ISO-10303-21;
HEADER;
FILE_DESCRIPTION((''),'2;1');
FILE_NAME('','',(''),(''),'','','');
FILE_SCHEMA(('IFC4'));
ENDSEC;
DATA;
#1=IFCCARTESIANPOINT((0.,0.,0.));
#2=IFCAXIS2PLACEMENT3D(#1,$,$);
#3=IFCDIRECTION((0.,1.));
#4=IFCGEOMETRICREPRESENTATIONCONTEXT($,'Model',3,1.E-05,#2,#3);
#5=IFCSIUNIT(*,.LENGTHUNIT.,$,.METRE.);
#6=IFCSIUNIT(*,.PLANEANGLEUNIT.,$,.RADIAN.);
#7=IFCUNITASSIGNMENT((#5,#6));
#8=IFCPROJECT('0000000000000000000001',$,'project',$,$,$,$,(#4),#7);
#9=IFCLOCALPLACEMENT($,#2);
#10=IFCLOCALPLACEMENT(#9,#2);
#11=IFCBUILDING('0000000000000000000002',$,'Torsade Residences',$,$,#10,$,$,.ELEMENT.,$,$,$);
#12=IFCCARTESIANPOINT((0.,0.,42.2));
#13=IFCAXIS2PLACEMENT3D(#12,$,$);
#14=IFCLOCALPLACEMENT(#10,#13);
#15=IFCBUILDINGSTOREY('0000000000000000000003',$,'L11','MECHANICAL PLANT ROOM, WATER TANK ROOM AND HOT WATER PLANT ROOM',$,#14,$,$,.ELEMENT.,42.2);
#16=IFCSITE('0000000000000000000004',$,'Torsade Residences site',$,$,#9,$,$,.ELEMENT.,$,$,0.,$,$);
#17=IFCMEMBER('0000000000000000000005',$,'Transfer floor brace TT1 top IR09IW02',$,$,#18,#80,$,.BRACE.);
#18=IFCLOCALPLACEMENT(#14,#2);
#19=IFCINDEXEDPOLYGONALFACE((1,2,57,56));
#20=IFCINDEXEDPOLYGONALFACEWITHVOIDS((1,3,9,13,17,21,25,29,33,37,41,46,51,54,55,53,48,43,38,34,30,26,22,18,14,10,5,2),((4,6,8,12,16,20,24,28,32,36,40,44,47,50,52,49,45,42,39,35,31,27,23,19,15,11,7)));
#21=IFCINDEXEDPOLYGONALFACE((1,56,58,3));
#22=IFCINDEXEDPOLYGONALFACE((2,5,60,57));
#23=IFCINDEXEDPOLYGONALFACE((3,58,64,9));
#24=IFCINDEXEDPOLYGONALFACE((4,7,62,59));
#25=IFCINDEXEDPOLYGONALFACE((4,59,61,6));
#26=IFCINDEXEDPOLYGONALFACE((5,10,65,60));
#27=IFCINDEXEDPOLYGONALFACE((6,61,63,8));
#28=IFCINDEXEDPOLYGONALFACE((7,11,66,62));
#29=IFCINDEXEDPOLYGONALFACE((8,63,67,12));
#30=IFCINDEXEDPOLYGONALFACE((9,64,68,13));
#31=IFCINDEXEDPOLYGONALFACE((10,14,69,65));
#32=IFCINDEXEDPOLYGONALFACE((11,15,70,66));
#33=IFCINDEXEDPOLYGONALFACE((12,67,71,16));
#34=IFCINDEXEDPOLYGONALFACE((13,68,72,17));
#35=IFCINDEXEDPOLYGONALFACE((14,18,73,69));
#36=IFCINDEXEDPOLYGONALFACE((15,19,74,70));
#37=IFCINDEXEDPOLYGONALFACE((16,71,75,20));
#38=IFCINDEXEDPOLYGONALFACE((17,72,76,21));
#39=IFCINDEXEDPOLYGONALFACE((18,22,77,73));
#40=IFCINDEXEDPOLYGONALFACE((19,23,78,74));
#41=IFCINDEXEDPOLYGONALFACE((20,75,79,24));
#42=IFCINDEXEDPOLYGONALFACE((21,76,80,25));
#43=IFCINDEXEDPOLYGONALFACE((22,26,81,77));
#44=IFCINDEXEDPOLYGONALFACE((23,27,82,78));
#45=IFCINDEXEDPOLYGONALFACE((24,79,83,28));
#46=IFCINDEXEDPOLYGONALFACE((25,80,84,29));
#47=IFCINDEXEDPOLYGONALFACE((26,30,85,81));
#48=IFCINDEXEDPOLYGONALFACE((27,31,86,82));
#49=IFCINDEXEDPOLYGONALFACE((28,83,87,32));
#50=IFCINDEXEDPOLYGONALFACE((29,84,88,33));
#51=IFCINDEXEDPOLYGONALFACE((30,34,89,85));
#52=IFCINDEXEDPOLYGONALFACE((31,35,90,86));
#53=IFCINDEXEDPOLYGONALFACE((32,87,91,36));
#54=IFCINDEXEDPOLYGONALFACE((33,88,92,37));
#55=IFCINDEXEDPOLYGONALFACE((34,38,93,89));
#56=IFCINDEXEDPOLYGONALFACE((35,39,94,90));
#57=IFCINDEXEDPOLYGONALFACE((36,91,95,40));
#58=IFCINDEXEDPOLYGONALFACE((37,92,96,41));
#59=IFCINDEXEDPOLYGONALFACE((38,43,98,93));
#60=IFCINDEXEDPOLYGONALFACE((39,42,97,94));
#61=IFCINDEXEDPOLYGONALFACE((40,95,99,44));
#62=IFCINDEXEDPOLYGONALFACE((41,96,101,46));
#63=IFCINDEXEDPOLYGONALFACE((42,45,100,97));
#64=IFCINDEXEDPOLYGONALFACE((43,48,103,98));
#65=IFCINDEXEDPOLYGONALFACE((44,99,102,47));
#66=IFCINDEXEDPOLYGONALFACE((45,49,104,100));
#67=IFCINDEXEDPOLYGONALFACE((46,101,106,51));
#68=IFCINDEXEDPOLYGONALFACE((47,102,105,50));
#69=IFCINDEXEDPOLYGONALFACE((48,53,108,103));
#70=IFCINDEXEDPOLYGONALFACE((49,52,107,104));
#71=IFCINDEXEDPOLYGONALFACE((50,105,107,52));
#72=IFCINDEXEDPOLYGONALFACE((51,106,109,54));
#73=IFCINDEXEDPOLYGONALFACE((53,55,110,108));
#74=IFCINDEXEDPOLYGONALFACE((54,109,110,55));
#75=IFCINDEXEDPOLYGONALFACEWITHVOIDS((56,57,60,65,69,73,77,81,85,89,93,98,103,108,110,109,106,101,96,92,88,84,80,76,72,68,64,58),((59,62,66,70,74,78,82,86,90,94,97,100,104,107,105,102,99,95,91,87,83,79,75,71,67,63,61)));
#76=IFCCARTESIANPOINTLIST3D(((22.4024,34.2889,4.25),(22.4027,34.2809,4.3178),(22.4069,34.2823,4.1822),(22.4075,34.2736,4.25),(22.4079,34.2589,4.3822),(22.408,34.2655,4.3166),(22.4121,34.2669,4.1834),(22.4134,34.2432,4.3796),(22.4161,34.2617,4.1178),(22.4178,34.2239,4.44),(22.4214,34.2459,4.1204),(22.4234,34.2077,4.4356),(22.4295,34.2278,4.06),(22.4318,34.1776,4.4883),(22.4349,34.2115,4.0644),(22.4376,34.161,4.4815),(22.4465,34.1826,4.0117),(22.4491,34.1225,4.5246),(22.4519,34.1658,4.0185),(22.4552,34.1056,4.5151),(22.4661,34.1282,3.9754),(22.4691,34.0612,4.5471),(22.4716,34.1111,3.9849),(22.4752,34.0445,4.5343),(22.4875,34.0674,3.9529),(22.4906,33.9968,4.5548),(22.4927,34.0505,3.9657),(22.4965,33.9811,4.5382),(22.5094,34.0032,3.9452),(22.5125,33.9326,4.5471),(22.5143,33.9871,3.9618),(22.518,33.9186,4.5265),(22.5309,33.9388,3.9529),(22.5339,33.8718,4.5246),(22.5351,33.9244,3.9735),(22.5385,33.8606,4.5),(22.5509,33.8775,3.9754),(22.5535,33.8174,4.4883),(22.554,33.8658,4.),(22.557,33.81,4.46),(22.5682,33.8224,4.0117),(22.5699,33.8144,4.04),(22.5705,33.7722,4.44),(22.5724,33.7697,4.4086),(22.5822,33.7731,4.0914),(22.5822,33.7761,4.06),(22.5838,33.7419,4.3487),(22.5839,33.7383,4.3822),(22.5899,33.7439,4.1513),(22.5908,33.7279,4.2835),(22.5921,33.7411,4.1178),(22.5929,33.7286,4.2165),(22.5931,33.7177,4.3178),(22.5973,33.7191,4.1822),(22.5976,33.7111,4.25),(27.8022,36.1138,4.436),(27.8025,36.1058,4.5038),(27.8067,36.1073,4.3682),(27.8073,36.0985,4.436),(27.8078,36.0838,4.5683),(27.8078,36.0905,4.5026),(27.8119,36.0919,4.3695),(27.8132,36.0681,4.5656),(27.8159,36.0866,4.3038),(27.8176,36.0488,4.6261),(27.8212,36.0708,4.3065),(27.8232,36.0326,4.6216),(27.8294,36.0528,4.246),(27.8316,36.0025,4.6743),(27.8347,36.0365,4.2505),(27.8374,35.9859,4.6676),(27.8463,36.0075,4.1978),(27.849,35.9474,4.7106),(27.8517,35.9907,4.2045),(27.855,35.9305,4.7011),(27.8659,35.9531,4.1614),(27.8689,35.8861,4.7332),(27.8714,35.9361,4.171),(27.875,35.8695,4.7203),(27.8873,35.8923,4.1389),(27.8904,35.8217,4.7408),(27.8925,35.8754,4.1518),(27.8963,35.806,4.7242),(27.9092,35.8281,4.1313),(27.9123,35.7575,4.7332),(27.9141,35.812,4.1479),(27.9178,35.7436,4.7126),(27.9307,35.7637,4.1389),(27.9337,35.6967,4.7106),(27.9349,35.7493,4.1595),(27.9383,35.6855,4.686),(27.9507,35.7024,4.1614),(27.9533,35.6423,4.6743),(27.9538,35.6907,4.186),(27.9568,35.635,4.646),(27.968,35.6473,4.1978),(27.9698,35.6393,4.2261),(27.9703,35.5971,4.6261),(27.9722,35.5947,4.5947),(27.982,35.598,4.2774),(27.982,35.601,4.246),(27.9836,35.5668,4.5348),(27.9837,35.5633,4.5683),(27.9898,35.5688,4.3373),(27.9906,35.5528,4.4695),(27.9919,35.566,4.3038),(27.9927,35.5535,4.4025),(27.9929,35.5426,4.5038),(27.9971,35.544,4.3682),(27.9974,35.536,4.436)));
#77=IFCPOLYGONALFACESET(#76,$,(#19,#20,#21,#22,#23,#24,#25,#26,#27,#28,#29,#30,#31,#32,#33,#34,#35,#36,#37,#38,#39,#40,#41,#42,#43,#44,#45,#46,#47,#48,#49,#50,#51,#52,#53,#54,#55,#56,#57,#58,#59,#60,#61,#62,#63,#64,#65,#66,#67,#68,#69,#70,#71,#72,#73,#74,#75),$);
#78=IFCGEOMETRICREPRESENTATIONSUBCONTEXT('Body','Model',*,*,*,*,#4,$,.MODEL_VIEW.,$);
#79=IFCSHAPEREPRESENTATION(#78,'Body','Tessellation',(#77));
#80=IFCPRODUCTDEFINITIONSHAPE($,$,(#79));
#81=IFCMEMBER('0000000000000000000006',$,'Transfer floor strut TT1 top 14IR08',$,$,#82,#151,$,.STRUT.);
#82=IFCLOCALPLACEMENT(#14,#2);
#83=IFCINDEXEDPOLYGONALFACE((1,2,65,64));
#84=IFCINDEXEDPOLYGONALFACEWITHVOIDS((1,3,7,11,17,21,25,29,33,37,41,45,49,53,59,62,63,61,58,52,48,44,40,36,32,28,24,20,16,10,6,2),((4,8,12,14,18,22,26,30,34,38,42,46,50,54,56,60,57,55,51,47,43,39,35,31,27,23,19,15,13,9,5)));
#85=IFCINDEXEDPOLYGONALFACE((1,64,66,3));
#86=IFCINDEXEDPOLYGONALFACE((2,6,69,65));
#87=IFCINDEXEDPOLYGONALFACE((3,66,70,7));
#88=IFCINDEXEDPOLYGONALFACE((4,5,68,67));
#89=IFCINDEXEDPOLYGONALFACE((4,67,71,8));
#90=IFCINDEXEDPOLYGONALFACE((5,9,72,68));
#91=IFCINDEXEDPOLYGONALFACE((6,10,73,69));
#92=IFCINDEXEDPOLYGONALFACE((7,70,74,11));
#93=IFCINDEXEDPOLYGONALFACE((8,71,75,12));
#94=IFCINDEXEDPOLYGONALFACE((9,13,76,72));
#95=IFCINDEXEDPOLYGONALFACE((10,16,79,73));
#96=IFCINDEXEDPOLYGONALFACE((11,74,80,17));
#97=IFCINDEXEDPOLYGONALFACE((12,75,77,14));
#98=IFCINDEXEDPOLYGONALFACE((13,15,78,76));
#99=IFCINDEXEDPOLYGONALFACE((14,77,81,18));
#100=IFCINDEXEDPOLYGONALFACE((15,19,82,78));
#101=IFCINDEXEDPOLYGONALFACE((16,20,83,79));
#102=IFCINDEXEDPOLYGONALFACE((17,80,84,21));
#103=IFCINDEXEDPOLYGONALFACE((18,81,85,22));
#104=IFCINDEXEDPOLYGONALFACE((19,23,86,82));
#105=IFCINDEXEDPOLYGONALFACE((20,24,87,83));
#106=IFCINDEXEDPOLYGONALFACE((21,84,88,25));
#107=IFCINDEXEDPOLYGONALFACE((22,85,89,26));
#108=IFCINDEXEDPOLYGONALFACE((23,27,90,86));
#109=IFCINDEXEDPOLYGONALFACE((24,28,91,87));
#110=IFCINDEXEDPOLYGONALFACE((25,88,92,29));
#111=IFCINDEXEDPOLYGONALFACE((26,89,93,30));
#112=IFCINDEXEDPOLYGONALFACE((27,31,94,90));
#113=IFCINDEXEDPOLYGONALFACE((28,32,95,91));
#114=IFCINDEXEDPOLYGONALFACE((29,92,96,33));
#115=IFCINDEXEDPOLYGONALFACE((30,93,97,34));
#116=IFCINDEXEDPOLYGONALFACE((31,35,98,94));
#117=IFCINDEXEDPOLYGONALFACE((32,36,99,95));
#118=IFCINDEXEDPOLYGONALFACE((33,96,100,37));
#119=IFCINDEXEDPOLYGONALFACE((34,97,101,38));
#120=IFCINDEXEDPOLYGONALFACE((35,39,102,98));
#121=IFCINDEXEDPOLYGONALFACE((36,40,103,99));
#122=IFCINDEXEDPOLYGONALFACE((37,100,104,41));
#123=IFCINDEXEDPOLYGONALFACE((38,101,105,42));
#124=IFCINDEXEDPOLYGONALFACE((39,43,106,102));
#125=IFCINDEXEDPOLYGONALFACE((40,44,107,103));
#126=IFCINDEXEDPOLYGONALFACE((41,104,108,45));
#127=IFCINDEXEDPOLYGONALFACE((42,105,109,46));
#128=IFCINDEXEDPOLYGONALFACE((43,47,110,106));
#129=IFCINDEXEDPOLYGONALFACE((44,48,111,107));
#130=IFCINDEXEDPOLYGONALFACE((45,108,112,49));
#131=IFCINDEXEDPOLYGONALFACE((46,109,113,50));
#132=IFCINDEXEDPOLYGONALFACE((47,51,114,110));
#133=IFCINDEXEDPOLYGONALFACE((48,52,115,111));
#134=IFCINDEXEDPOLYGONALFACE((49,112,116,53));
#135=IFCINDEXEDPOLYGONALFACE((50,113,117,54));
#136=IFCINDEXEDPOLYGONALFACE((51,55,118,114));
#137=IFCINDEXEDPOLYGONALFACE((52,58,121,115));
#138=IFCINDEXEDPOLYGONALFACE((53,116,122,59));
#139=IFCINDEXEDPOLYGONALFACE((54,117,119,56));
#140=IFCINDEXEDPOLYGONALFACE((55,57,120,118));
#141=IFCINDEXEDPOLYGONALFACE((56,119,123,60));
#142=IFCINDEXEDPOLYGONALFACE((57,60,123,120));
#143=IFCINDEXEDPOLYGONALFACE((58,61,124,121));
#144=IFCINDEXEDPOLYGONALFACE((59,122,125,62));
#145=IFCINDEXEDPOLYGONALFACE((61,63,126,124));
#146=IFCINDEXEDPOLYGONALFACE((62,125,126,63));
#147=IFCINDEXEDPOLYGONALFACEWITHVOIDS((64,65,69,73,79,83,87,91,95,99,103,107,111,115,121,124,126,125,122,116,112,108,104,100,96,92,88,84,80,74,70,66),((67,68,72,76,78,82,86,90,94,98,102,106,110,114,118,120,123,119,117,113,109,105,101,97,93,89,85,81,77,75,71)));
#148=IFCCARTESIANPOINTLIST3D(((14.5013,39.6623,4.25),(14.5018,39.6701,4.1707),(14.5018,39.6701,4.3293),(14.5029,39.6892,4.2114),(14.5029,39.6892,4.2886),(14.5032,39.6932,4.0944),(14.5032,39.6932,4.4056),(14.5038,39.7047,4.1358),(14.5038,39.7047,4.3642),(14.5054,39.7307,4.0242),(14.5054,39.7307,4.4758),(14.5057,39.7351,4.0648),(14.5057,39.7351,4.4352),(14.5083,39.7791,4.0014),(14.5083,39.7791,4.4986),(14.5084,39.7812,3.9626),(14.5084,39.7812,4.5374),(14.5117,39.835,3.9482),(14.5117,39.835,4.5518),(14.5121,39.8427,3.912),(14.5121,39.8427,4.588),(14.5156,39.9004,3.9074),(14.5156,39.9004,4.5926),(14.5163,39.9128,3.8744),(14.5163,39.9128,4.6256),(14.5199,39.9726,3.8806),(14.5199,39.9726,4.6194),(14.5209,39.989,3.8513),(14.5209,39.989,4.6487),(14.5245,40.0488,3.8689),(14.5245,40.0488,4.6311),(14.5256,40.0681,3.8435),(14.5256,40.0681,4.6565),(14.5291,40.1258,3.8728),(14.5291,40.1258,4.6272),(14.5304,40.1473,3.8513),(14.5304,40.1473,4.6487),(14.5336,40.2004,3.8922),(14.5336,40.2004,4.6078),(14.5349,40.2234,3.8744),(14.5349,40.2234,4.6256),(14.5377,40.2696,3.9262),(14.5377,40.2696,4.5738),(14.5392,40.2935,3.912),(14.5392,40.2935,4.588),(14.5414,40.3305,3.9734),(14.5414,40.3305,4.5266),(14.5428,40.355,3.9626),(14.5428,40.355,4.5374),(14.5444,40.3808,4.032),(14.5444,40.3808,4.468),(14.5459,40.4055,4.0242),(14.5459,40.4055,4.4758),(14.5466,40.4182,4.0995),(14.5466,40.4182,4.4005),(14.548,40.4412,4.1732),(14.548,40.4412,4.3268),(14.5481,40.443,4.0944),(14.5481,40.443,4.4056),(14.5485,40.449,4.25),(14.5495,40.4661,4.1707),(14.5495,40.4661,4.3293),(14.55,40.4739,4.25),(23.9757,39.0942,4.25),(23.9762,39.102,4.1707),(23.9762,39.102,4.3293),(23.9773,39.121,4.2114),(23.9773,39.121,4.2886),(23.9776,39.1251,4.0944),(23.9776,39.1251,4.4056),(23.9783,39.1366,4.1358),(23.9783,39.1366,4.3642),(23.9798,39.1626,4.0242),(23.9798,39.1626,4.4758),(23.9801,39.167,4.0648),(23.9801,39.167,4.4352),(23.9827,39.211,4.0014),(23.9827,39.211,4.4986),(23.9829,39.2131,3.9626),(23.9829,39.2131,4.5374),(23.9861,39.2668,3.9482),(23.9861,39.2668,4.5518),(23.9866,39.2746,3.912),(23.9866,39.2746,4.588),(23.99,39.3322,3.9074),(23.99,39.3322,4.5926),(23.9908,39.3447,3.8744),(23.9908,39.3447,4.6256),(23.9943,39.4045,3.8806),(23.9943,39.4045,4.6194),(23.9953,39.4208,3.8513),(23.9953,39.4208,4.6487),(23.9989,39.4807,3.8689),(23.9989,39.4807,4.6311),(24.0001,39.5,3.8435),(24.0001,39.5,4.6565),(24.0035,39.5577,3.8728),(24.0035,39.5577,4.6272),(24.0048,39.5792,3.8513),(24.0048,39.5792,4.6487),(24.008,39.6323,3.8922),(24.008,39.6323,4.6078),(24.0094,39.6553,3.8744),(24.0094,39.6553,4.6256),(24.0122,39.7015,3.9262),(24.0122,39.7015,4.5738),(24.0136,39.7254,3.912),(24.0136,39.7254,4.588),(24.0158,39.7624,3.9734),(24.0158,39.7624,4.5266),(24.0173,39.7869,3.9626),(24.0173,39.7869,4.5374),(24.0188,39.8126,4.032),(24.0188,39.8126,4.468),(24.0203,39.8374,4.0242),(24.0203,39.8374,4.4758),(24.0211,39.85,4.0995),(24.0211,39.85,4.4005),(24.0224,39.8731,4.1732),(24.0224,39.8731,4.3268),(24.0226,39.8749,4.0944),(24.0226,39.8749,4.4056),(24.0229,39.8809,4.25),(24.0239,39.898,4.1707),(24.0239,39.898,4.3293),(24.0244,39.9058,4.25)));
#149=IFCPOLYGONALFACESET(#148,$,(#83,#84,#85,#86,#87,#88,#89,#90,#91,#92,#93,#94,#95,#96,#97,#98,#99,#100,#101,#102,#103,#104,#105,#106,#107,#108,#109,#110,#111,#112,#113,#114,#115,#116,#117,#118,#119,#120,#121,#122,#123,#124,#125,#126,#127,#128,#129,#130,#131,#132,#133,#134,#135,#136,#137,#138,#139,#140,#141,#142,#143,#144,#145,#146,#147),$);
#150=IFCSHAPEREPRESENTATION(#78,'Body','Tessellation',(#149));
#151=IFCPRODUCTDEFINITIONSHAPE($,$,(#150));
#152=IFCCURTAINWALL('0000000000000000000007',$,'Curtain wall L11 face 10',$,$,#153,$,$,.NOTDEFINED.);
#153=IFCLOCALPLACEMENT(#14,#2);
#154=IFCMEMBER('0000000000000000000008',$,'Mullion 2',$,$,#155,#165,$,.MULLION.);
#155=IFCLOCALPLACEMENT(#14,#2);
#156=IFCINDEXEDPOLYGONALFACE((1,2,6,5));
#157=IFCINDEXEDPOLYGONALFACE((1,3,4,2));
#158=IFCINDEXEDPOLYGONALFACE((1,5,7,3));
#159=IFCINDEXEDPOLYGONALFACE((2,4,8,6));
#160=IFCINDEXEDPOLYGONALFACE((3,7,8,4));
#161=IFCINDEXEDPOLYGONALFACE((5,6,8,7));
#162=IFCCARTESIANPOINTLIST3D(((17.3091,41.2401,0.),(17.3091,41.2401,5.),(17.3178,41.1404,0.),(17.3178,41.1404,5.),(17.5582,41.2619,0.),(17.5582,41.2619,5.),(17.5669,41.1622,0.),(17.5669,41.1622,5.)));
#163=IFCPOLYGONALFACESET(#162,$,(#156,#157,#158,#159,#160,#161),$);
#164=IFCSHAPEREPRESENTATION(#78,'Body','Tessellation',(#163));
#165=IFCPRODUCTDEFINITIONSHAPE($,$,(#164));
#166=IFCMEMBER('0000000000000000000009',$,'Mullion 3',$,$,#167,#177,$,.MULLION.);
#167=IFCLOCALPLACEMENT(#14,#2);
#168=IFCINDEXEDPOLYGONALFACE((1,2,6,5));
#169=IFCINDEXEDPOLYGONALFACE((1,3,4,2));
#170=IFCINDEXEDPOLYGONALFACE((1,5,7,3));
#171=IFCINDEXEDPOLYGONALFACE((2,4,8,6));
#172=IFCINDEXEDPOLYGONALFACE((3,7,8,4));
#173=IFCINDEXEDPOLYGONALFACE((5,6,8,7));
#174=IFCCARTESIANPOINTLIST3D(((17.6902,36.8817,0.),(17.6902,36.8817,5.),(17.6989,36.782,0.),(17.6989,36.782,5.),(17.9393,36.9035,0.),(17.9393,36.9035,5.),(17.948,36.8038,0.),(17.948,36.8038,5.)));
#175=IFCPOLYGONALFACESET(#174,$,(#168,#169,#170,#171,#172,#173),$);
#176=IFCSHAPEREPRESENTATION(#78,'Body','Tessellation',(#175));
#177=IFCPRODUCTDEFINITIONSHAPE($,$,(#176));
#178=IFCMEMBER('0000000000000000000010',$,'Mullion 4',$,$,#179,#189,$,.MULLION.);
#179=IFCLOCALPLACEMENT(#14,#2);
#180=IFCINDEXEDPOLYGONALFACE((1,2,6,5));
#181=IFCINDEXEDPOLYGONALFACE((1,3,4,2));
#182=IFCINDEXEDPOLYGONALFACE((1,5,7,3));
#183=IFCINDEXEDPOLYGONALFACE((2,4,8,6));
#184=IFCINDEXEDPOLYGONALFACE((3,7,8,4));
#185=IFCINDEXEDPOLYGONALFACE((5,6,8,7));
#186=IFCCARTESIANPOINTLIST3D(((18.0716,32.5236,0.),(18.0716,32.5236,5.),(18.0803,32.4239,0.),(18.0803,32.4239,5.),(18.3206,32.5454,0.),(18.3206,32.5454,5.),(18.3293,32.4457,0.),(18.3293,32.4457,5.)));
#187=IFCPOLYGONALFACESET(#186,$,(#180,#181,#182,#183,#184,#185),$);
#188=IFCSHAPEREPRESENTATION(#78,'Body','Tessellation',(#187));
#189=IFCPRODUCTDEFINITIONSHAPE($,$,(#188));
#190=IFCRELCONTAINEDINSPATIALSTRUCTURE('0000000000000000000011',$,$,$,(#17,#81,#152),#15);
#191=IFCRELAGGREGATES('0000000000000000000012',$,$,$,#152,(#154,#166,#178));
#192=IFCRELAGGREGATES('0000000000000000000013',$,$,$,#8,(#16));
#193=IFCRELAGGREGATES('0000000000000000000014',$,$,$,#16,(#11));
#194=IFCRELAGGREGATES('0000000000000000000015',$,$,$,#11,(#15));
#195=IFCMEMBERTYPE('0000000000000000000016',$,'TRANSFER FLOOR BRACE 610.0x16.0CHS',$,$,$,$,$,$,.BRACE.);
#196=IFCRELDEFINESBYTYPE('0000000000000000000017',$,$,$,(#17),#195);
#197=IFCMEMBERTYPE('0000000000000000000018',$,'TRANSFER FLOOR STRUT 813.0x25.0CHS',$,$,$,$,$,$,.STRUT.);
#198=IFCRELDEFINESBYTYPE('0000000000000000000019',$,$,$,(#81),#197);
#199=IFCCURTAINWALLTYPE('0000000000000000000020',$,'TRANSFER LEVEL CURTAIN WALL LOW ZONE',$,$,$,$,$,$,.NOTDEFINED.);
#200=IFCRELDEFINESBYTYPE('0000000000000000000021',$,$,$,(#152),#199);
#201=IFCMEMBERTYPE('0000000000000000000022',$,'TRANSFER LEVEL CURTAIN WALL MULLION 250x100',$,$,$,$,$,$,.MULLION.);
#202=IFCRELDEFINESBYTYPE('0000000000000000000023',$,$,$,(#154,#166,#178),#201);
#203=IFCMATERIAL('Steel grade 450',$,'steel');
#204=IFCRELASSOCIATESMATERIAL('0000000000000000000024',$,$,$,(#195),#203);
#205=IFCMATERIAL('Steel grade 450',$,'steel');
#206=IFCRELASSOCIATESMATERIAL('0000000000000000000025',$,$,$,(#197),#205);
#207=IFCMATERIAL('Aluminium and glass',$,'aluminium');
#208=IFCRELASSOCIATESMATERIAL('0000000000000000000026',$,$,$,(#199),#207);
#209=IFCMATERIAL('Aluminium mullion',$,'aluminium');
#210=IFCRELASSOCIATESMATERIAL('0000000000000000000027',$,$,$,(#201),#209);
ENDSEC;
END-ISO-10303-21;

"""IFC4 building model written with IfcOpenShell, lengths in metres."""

from ifc_helpers import new_model, si_unit, direction, frame, origin, origin_2d, place, context, subcontext, project, spatial, rectangle, hollow_circle, extrude, material, material_profile, profile_set, type_object, element, aggregate, save


model = new_model("IFC4")

# Units and contexts
model_context = context("Model", 3, precision=1e-05, world=origin(), true_north=direction((0.0, 1.0)))
body_context = subcontext(model_context, "Body", "Model", "MODEL_VIEW")
ifc_project = project(units=[si_unit("LENGTHUNIT", "METRE"), si_unit("PLANEANGLEUNIT", "RADIAN")], contexts=[model_context])

# Site, building, storey
site_placement = place(None, origin())
site = spatial("IfcSite", under=ifc_project, at=site_placement, Name="Torsade Residences site", CompositionType="ELEMENT", RefElevation=0.0)
building_placement = place(site_placement, origin())
building = spatial("IfcBuilding", under=site, at=building_placement, Name="Torsade Residences", CompositionType="ELEMENT")
storey_placement = place(building_placement, frame((0.0, 0.0, 42.2)))
storey = spatial("IfcBuildingStorey", under=building, at=storey_placement, Name="L11", Description="MECHANICAL PLANT ROOM, WATER TANK ROOM AND HOT WATER PLANT ROOM", CompositionType="ELEMENT", Elevation=42.2)

# Members
ifc_material_1 = material(Name="Steel grade 450", Category="steel")
ifc_material_profile_1 = material_profile(ifc_material_1, hollow_circle(Radius=0.3049, WallThickness=0.0161, at=origin_2d()), Name="610.0x16.0CHS")
ifc_profile_set_1 = profile_set([ifc_material_profile_1], Name="Steel grade 450")
member_type_1 = type_object("IfcMemberType", Name="TRANSFER FLOOR BRACE 610.0x16.0CHS", PredefinedType="BRACE", material=ifc_profile_set_1)
member_1_placement = place(storey_placement, frame((22.5, 34.0, 4.25), z_axis=(0.946856, 0.319999, 0.032621), x_axis=(-0.32017, 0.94736, 0.0)))
element("IfcMember", 1, at=member_1_placement, inside=storey, type_object=member_type_1, Name="Transfer floor brace TT1 top IR09IW02", PredefinedType="BRACE", context=body_context, shape_type="SweptSolid", body=[
    extrude(hollow_circle(Radius=0.3049, WallThickness=0.0161, at=origin_2d()), origin(), (0.0, 0.0, 1.0), 5.7029),
])
ifc_material_2 = material(Name="Steel grade 450", Category="steel")
ifc_material_profile_2 = material_profile(ifc_material_2, hollow_circle(Radius=0.4065, WallThickness=0.0249, at=origin_2d()), Name="813.0x25.0CHS")
ifc_profile_set_2 = profile_set([ifc_material_profile_2], Name="Steel grade 450")
member_type_2 = type_object("IfcMemberType", Name="TRANSFER FLOOR STRUT 813.0x25.0CHS", PredefinedType="STRUT", material=ifc_profile_set_2)
member_2_placement = place(storey_placement, frame((14.5256, 40.0681, 4.25), z_axis=(0.998207, -0.059856, 0.0), x_axis=(0.059856, 0.998207, 0.0)))
element("IfcMember", 2, at=member_2_placement, inside=storey, type_object=member_type_2, Name="Transfer floor strut TT1 top 14IR08", PredefinedType="STRUT", context=body_context, shape_type="SweptSolid", body=[
    extrude(hollow_circle(Radius=0.4065, WallThickness=0.0249, at=origin_2d()), origin(), (0.0, 0.0, 1.0), 9.4915),
])

# Curtain wall, members
ifc_material_3 = material(Name="Aluminium and glass", Category="aluminium")
curtain_wall_type = type_object("IfcCurtainWallType", Name="TRANSFER LEVEL CURTAIN WALL LOW ZONE", PredefinedType="NOTDEFINED", material=ifc_material_3)
curtain_wall_placement = place(storey_placement, origin())
curtain_wall = element("IfcCurtainWall", 3, at=curtain_wall_placement, inside=storey, type_object=curtain_wall_type, Name="Curtain wall L11 face 10", PredefinedType="NOTDEFINED")
ifc_material_4 = material(Name="Aluminium mullion", Category="aluminium")
ifc_material_profile_3 = material_profile(ifc_material_4, rectangle(XDim=0.25, YDim=0.1001, at=origin_2d()), Name="TRANSFER LEVEL CURTAIN WALL MULLION 250x100")
ifc_profile_set_3 = profile_set([ifc_material_profile_3], Name="Aluminium mullion")
member_type_3 = type_object("IfcMemberType", Name="TRANSFER LEVEL CURTAIN WALL MULLION 250x100", PredefinedType="MULLION", material=ifc_profile_set_3)
member_3_placement = place(storey_placement, frame((17.438, 41.2012, 0.0), z_axis=(0.0, 0.0, 1.0), x_axis=(0.996195, 0.087156, 0.0)))
member_3 = element("IfcMember", 4, at=member_3_placement, type_object=member_type_3, Name="Mullion 2", PredefinedType="MULLION", context=body_context, shape_type="SweptSolid", body=[
    extrude(rectangle(XDim=0.25, YDim=0.1001, at=origin_2d()), origin(), (0.0, 0.0, 1.0), 5.0),
])
member_4_placement = place(storey_placement, frame((17.8191, 36.8428, 0.0), z_axis=(0.0, 0.0, 1.0), x_axis=(0.996195, 0.087156, 0.0)))
member_4 = element("IfcMember", 5, at=member_4_placement, type_object=member_type_3, Name="Mullion 3", PredefinedType="MULLION", context=body_context, shape_type="SweptSolid", body=[
    extrude(rectangle(XDim=0.25, YDim=0.1001, at=origin_2d()), origin(), (0.0, 0.0, 1.0), 5.0),
])
member_5_placement = place(storey_placement, frame((18.2004, 32.4846, 0.0), z_axis=(0.0, 0.0, 1.0), x_axis=(0.996195, 0.087156, 0.0)))
member_5 = element("IfcMember", 6, at=member_5_placement, type_object=member_type_3, Name="Mullion 4", PredefinedType="MULLION", context=body_context, shape_type="SweptSolid", body=[
    extrude(rectangle(XDim=0.25, YDim=0.1001, at=origin_2d()), origin(), (0.0, 0.0, 1.0), 5.0),
])

aggregate(curtain_wall, [member_3, member_4, member_5])

save(model, "model.ifc")
